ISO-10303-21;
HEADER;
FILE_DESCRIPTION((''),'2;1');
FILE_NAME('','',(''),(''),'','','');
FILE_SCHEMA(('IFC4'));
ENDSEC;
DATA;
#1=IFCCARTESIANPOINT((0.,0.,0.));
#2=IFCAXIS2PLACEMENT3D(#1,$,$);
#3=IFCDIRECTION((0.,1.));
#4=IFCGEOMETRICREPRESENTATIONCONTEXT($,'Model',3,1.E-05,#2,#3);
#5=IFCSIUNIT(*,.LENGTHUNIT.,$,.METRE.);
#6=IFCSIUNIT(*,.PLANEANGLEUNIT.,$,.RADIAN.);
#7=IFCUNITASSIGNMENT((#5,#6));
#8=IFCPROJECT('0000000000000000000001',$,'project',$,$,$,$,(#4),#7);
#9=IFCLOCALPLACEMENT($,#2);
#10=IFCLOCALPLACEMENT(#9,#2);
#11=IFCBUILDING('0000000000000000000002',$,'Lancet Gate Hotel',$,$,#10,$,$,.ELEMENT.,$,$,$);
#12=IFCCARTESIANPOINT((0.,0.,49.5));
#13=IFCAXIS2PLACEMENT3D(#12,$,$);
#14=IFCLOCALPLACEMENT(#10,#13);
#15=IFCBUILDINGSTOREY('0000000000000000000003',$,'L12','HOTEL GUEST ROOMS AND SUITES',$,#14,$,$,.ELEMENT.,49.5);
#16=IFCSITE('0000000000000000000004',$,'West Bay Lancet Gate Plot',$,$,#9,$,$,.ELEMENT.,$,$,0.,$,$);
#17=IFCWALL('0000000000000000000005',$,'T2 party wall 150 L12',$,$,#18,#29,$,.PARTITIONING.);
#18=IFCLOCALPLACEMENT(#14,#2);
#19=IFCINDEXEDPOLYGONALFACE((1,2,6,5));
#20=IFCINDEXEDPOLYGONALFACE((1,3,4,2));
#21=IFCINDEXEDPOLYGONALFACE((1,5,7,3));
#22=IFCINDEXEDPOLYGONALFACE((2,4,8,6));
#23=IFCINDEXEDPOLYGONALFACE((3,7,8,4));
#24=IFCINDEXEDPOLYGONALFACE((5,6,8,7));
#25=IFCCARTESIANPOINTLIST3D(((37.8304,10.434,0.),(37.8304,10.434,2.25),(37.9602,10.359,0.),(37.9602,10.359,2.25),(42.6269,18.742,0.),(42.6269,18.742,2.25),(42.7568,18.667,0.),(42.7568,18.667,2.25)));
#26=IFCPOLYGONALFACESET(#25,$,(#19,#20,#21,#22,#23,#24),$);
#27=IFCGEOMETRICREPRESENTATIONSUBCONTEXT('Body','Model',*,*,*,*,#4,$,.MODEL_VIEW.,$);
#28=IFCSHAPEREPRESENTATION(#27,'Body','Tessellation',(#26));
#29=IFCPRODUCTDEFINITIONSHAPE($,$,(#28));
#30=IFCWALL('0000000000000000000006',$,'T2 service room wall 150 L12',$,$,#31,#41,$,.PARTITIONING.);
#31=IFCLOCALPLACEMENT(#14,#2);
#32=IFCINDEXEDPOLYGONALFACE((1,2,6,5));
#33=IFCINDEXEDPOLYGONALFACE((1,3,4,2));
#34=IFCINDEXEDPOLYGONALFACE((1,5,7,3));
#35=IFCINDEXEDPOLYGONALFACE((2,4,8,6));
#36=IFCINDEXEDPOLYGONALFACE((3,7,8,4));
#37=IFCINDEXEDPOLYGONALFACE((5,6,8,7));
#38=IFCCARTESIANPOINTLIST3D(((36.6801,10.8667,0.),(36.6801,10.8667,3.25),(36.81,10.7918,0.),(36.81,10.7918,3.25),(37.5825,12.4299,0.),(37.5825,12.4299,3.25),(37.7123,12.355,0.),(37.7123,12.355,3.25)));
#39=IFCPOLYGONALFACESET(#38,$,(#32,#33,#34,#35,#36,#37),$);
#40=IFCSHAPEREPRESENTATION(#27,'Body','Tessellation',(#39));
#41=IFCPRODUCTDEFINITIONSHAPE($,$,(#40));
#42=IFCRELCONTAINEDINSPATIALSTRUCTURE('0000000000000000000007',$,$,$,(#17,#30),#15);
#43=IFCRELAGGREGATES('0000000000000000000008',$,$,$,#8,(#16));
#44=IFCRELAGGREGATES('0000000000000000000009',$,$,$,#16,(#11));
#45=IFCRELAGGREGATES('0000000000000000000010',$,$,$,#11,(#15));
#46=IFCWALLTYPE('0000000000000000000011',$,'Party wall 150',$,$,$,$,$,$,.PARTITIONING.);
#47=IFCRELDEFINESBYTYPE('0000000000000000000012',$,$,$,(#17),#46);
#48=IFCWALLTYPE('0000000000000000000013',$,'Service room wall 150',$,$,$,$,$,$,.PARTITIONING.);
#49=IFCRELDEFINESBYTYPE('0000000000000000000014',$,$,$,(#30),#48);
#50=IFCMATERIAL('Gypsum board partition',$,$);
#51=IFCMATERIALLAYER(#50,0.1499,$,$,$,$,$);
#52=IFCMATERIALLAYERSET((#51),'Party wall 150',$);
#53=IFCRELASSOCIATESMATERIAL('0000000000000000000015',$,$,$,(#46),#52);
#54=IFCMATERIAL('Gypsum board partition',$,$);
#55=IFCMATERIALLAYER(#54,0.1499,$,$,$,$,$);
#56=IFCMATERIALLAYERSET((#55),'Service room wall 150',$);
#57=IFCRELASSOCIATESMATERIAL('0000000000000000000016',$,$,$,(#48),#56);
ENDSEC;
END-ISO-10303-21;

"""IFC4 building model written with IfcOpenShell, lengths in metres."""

from ifc_helpers import new_model, si_unit, direction, frame, frame_2d, origin, place, context, subcontext, project, spatial, rectangle, extrude, material, layer, layer_set, type_object, element, save


model = new_model("IFC4")

# Units and contexts
model_context = context("Model", 3, precision=1e-05, world=origin(), true_north=direction((0.0, 1.0)))
body_context = subcontext(model_context, "Body", "Model", "MODEL_VIEW")
ifc_project = project(units=[si_unit("LENGTHUNIT", "METRE"), si_unit("PLANEANGLEUNIT", "RADIAN")], contexts=[model_context])

# Site, building, storey
site_placement = place(None, origin())
site = spatial("IfcSite", under=ifc_project, at=site_placement, Name="West Bay Lancet Gate Plot", CompositionType="ELEMENT", RefElevation=0.0)
building_placement = place(site_placement, origin())
building = spatial("IfcBuilding", under=site, at=building_placement, Name="Lancet Gate Hotel", CompositionType="ELEMENT")
storey_placement = place(building_placement, frame((0.0, 0.0, 49.5)))
storey = spatial("IfcBuildingStorey", under=building, at=storey_placement, Name="L12", Description="HOTEL GUEST ROOMS AND SUITES", CompositionType="ELEMENT", Elevation=49.5)

# Walls
ifc_material_1 = material(Name="Gypsum board partition")
ifc_layer_1 = layer(ifc_material_1, 0.1499)
ifc_layer_set_1 = layer_set([ifc_layer_1], Name="Party wall 150")
wall_type_1 = type_object("IfcWallType", Name="Party wall 150", PredefinedType="PARTITIONING", material=ifc_layer_set_1)
wall_1_placement = place(storey_placement, frame((37.8953, 10.3965, 0.0), z_axis=(0.0, 0.0, 1.0), x_axis=(0.499996, 0.866028, 0.0)))
element("IfcWall", 1, at=wall_1_placement, inside=storey, type_object=wall_type_1, Name="T2 party wall 150 L12", PredefinedType="PARTITIONING", context=body_context, shape_type="SweptSolid", body=[
    extrude(rectangle(XDim=9.5933, YDim=0.1499, at=frame_2d((4.7966, 0.0))), origin(), (0.0, 0.0, 1.0), 2.25),
])
ifc_material_2 = material(Name="Gypsum board partition")
ifc_layer_2 = layer(ifc_material_2, 0.1499)
ifc_layer_set_2 = layer_set([ifc_layer_2], Name="Service room wall 150")
wall_type_2 = type_object("IfcWallType", Name="Service room wall 150", PredefinedType="PARTITIONING", material=ifc_layer_set_2)
wall_2_placement = place(storey_placement, frame((36.7451, 10.8293, 0.0), z_axis=(0.0, 0.0, 1.0), x_axis=(0.499922, 0.866071, 0.0)))
element("IfcWall", 2, at=wall_2_placement, inside=storey, type_object=wall_type_2, Name="T2 service room wall 150 L12", PredefinedType="PARTITIONING", context=body_context, shape_type="SweptSolid", body=[
    extrude(rectangle(XDim=1.8049, YDim=0.1499, at=frame_2d((0.9023, 0.0))), origin(), (0.0, 0.0, 1.0), 3.25),
])

save(model, "model.ifc")
